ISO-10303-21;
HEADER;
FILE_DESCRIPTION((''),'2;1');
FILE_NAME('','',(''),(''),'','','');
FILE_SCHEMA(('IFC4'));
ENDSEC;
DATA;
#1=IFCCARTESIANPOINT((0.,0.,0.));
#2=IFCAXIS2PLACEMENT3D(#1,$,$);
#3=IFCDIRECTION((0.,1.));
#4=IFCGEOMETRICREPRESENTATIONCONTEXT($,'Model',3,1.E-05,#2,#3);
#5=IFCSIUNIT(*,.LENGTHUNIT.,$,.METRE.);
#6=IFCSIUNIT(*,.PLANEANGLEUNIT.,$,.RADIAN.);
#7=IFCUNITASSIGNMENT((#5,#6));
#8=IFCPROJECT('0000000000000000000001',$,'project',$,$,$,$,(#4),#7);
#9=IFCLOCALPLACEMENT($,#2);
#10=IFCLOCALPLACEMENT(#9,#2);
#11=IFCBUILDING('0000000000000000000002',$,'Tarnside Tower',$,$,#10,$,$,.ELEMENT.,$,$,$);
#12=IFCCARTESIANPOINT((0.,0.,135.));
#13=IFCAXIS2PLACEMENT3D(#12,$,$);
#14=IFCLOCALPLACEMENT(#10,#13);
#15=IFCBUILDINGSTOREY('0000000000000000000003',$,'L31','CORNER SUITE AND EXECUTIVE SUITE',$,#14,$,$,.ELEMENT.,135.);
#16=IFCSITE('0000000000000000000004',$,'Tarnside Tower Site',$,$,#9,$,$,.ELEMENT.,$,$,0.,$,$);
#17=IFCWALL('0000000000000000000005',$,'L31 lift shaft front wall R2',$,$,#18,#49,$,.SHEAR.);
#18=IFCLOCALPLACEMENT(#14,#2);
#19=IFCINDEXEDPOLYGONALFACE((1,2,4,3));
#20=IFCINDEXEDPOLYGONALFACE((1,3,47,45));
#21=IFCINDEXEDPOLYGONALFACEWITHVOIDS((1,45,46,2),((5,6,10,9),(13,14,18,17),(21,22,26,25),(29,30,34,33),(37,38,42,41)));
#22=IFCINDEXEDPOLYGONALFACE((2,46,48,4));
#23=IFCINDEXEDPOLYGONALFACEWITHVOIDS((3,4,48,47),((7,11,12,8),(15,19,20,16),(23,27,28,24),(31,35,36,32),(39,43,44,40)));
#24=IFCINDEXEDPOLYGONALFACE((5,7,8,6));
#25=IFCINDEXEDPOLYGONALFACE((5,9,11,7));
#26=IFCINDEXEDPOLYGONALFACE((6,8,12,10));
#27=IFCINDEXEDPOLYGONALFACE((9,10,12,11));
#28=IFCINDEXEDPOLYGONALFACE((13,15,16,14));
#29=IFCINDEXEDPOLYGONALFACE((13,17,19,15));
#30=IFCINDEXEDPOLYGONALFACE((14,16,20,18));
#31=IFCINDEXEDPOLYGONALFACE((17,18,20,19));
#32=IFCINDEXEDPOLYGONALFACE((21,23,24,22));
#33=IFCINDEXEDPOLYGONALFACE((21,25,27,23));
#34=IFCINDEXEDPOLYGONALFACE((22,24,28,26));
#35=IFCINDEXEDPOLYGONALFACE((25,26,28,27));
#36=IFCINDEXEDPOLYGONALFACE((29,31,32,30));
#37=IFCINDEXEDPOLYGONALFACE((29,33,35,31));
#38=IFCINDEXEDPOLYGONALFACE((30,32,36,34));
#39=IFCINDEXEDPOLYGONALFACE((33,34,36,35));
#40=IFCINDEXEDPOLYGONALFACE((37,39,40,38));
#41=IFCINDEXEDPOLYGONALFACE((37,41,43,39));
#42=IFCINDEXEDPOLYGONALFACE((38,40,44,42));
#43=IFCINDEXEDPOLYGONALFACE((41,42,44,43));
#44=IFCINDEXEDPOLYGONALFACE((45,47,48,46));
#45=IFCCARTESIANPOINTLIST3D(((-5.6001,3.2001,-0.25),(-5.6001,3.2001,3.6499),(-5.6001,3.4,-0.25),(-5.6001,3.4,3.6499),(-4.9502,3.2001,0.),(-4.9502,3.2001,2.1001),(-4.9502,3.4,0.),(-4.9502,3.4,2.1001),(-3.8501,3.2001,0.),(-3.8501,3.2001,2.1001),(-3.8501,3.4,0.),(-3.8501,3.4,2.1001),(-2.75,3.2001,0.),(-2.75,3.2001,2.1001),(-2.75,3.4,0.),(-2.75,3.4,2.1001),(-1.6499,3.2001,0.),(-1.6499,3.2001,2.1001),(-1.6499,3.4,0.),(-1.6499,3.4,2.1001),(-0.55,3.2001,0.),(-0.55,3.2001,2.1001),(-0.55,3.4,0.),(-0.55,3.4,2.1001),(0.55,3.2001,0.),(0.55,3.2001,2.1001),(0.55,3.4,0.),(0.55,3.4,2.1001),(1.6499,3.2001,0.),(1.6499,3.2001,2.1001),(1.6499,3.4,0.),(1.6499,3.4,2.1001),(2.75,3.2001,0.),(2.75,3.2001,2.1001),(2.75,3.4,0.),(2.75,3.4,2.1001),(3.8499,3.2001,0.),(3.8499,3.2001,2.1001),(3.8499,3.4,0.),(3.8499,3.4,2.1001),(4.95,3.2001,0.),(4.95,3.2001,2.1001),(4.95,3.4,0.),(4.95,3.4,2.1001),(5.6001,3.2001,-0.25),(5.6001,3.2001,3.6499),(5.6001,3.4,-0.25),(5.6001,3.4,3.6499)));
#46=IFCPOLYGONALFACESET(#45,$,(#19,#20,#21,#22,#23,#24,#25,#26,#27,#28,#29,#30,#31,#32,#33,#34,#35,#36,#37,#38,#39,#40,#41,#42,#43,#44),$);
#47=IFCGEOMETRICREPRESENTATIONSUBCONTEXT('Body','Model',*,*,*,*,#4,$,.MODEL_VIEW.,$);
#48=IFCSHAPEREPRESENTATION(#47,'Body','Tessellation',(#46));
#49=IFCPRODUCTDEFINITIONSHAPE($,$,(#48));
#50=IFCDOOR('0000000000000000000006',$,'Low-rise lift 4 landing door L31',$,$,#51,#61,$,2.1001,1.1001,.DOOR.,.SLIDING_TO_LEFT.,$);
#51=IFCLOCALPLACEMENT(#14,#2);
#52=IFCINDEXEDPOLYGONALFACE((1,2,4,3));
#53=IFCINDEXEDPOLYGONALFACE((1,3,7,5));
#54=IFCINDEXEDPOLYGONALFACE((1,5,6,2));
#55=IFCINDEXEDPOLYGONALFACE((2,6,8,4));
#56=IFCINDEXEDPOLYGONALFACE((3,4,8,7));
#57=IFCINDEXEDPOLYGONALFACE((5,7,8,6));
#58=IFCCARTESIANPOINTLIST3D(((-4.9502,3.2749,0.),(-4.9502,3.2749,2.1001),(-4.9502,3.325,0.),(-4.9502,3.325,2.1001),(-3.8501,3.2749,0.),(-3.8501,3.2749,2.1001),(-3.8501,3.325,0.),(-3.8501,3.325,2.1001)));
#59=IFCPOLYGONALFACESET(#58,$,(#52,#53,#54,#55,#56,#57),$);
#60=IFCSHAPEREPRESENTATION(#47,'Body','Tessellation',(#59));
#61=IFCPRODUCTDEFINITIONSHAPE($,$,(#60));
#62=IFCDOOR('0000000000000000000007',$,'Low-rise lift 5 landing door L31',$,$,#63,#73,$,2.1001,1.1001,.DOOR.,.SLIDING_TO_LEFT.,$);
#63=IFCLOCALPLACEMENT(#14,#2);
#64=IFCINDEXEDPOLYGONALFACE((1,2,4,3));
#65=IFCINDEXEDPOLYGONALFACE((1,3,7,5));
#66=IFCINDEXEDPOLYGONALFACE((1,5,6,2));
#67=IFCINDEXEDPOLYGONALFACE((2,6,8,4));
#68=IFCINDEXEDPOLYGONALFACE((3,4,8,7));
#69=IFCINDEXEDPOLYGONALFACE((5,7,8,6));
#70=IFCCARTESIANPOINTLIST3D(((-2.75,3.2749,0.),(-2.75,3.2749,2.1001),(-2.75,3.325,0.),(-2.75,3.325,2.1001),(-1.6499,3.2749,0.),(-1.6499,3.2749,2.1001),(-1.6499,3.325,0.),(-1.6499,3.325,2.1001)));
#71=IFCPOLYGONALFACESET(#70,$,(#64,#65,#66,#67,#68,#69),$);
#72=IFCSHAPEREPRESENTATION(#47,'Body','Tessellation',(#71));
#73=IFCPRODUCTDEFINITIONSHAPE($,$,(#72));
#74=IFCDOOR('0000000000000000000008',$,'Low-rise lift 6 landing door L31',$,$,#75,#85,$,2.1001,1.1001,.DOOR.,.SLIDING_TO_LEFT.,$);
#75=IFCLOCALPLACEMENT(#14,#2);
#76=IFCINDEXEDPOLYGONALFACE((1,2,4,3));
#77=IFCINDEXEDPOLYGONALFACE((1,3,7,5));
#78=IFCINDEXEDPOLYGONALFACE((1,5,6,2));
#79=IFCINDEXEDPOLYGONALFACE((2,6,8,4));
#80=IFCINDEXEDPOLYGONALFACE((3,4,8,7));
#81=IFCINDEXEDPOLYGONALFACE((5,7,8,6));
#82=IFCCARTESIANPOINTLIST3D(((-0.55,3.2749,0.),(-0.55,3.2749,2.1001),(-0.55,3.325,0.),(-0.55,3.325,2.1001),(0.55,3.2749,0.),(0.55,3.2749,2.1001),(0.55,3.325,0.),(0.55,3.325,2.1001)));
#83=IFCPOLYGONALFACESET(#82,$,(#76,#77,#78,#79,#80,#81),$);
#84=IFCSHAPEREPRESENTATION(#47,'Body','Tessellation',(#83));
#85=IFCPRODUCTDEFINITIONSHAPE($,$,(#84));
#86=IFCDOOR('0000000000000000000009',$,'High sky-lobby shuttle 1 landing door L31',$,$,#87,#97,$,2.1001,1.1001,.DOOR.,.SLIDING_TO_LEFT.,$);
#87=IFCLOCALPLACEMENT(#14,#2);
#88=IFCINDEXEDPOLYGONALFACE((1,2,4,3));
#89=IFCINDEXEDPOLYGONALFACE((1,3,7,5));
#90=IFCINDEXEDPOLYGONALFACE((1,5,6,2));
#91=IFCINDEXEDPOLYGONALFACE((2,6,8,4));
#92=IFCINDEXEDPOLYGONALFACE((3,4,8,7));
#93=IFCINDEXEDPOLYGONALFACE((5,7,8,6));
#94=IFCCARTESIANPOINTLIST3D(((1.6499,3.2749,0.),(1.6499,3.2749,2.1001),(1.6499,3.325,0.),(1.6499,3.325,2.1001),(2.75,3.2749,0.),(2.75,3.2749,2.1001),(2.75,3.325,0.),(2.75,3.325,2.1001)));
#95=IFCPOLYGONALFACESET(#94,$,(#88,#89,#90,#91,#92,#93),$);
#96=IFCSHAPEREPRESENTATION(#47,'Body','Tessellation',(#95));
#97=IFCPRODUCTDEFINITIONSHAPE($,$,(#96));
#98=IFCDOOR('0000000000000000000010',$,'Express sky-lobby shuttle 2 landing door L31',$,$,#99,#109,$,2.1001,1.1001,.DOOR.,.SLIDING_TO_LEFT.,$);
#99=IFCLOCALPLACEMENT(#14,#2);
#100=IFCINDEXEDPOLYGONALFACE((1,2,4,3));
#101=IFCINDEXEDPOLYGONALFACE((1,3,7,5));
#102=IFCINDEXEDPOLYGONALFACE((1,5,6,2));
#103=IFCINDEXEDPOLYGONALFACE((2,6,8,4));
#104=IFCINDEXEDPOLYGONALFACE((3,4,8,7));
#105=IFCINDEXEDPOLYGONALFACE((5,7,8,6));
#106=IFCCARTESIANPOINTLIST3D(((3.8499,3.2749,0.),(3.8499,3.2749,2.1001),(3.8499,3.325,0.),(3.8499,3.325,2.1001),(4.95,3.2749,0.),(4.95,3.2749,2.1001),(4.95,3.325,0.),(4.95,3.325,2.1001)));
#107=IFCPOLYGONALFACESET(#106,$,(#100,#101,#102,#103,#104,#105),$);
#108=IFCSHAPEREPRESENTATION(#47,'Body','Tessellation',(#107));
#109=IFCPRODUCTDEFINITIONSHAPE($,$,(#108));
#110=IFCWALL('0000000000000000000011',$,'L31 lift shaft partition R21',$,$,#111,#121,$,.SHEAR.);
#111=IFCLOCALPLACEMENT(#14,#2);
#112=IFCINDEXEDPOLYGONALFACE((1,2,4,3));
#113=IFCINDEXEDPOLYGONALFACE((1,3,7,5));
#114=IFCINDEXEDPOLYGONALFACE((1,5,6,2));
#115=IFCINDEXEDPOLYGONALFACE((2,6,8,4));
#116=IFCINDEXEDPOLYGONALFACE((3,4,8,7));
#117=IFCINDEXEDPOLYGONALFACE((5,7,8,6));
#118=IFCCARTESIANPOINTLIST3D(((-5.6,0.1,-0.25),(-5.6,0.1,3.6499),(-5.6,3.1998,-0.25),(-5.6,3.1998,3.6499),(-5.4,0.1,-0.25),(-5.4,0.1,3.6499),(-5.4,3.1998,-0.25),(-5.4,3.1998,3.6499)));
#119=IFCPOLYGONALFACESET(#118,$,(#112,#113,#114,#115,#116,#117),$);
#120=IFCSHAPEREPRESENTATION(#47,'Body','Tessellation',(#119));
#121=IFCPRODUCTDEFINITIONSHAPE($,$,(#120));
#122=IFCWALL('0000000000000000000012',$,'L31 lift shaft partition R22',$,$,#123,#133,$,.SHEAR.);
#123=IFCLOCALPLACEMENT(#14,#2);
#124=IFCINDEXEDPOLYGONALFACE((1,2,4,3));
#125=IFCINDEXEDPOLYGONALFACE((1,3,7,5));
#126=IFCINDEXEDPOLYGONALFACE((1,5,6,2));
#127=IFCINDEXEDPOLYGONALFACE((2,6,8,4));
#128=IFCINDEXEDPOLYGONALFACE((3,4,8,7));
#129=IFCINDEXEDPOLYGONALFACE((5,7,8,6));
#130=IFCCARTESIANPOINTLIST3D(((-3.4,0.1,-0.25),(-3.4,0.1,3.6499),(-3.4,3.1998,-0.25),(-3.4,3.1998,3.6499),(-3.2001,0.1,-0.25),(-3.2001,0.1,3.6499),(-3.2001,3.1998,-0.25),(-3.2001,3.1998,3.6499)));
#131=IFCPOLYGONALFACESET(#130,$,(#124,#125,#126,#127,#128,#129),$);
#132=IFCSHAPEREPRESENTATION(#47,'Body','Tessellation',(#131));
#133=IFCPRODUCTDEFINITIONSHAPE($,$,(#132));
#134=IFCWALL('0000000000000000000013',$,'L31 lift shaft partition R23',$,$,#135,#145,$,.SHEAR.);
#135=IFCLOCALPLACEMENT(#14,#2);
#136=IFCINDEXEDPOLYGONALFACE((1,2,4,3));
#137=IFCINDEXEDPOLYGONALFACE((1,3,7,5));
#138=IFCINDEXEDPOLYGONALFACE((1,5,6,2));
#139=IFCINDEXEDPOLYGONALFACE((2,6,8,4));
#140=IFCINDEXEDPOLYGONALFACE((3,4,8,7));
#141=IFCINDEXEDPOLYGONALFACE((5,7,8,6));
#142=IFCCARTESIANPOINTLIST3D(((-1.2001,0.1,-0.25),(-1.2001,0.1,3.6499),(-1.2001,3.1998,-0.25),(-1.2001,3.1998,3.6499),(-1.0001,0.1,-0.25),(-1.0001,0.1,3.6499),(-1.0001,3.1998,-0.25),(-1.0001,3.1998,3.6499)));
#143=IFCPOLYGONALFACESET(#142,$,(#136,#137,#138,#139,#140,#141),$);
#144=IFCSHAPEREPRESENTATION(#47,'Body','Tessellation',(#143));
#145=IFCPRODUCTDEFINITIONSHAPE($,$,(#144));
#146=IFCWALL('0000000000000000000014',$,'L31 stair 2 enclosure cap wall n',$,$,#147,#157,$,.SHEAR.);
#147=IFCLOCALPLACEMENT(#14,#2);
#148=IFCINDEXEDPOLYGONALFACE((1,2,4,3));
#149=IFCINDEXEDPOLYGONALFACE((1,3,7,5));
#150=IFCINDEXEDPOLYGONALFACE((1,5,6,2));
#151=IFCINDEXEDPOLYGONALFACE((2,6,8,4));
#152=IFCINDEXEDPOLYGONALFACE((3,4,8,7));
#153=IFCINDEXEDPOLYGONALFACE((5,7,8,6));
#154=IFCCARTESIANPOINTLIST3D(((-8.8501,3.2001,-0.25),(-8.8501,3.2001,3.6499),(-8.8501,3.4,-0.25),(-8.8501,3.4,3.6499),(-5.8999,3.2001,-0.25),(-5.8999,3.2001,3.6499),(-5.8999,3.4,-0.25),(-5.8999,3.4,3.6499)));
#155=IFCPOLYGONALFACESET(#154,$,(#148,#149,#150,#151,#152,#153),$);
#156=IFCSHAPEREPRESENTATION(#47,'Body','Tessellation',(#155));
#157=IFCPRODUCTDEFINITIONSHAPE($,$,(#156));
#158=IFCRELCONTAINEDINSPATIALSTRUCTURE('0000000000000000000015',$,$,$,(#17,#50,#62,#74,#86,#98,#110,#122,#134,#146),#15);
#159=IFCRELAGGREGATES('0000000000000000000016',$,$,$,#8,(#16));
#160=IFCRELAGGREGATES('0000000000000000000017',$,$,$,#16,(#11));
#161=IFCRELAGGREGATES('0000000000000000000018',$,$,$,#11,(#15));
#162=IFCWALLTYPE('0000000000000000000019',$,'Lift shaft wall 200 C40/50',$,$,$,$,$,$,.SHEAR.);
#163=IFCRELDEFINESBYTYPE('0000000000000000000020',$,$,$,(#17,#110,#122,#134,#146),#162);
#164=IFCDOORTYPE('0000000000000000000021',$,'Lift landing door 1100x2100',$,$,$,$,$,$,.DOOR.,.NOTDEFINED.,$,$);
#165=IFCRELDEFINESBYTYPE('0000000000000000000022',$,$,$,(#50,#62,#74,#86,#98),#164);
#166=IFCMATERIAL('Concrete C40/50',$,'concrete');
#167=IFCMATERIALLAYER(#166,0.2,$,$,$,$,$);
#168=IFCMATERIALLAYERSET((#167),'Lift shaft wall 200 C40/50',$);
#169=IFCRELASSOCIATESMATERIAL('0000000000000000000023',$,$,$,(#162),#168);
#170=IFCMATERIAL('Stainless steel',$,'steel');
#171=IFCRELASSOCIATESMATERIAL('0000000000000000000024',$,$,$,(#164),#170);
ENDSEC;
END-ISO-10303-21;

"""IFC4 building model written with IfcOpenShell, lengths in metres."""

from ifc_helpers import new_model, si_unit, direction, frame, frame_2d, origin, place, context, subcontext, project, spatial, rectangle, extrude, material, layer, layer_set, type_object, element, fill, save


model = new_model("IFC4")

# Units and contexts
model_context = context("Model", 3, precision=1e-05, world=origin(), true_north=direction((0.0, 1.0)))
body_context = subcontext(model_context, "Body", "Model", "MODEL_VIEW")
ifc_project = project(units=[si_unit("LENGTHUNIT", "METRE"), si_unit("PLANEANGLEUNIT", "RADIAN")], contexts=[model_context])

# Site, building, storey
site_placement = place(None, origin())
site = spatial("IfcSite", under=ifc_project, at=site_placement, Name="Tarnside Tower Site", CompositionType="ELEMENT", RefElevation=0.0)
building_placement = place(site_placement, origin())
building = spatial("IfcBuilding", under=site, at=building_placement, Name="Tarnside Tower", CompositionType="ELEMENT")
storey_placement = place(building_placement, frame((0.0, 0.0, 135.0)))
storey = spatial("IfcBuildingStorey", under=building, at=storey_placement, Name="L31", Description="CORNER SUITE AND EXECUTIVE SUITE", CompositionType="ELEMENT", Elevation=135.0)

# Shared definitions
ifc_material_1 = material(Name="Concrete C40/50", Category="concrete")

# Shared definitions
ifc_layer_1 = layer(ifc_material_1, 0.2)
ifc_layer_set_1 = layer_set([ifc_layer_1], Name="Lift shaft wall 200 C40/50")
wall_type_1 = type_object("IfcWallType", Name="Lift shaft wall 200 C40/50", PredefinedType="SHEAR", material=ifc_layer_set_1)
ifc_material_2 = material(Name="Stainless steel", Category="steel")
door_type_1 = type_object("IfcDoorType", Name="Lift landing door 1100x2100", OperationType="NOTDEFINED", PredefinedType="DOOR", material=ifc_material_2)

# Wall, openings, doors
wall_1_placement = place(storey_placement, frame((-5.6001, 3.3, -0.25), z_axis=(0.0, 0.0, 1.0), x_axis=(1.0, 0.0, 0.0)))
wall_1 = element("IfcWall", 1, at=wall_1_placement, inside=storey, type_object=wall_type_1, Name="L31 lift shaft front wall R2", PredefinedType="SHEAR", context=body_context, shape_type="SweptSolid", body=[
    extrude(rectangle(XDim=11.2002, YDim=0.2, at=frame_2d((5.6001, 0.0))), origin(), (0.0, 0.0, 1.0), 3.8999),
])
opening_1_placement = place(wall_1_placement, frame((0.6499, 0.0, 0.25)))
opening_1 = element("IfcOpeningElement", 2, at=opening_1_placement, cuts=wall_1, PredefinedType="OPENING", context=body_context, shape_type="SweptSolid", body=[
    extrude(rectangle(XDim=1.1001, YDim=2.1001, at=frame_2d((0.55, 1.05))), frame((0.0, 0.1099, 0.0), z_axis=(0.0, -1.0, 0.0), x_axis=(1.0, 0.0, 0.0)), (0.0, 0.0, 1.0), 0.22),
])
opening_2_placement = place(wall_1_placement, frame((2.8501, 0.0, 0.25)))
opening_2 = element("IfcOpeningElement", 3, at=opening_2_placement, cuts=wall_1, PredefinedType="OPENING", context=body_context, shape_type="SweptSolid", body=[
    extrude(rectangle(XDim=1.1001, YDim=2.1001, at=frame_2d((0.55, 1.05))), frame((0.0, 0.1099, 0.0), z_axis=(0.0, -1.0, 0.0), x_axis=(1.0, 0.0, 0.0)), (0.0, 0.0, 1.0), 0.22),
])
opening_3_placement = place(wall_1_placement, frame((5.05, 0.0, 0.25)))
opening_3 = element("IfcOpeningElement", 4, at=opening_3_placement, cuts=wall_1, PredefinedType="OPENING", context=body_context, shape_type="SweptSolid", body=[
    extrude(rectangle(XDim=1.1001, YDim=2.1001, at=frame_2d((0.55, 1.05))), frame((0.0, 0.1099, 0.0), z_axis=(0.0, -1.0, 0.0), x_axis=(1.0, 0.0, 0.0)), (0.0, 0.0, 1.0), 0.22),
])
opening_4_placement = place(wall_1_placement, frame((7.25, 0.0, 0.25)))
opening_4 = element("IfcOpeningElement", 5, at=opening_4_placement, cuts=wall_1, PredefinedType="OPENING", context=body_context, shape_type="SweptSolid", body=[
    extrude(rectangle(XDim=1.1001, YDim=2.1001, at=frame_2d((0.55, 1.05))), frame((0.0, 0.1099, 0.0), z_axis=(0.0, -1.0, 0.0), x_axis=(1.0, 0.0, 0.0)), (0.0, 0.0, 1.0), 0.22),
])
opening_5_placement = place(wall_1_placement, frame((9.45, 0.0, 0.25)))
opening_5 = element("IfcOpeningElement", 6, at=opening_5_placement, cuts=wall_1, PredefinedType="OPENING", context=body_context, shape_type="SweptSolid", body=[
    extrude(rectangle(XDim=1.1001, YDim=2.1001, at=frame_2d((0.55, 1.05))), frame((0.0, 0.1099, 0.0), z_axis=(0.0, -1.0, 0.0), x_axis=(1.0, 0.0, 0.0)), (0.0, 0.0, 1.0), 0.22),
])
door_1_placement = place(opening_1_placement, origin())
door_1 = element("IfcDoor", 7, at=door_1_placement, inside=storey, type_object=door_type_1, Name="Low-rise lift 4 landing door L31", OperationType="SLIDING_TO_LEFT", OverallHeight=2.1001, OverallWidth=1.1001, PredefinedType="DOOR", context=body_context, shape_type="SweptSolid", body=[
    extrude(rectangle(XDim=1.1001, YDim=2.1001, at=frame_2d((0.55, 1.05))), frame((0.0, 0.0249, 0.0), z_axis=(0.0, -1.0, 0.0), x_axis=(1.0, 0.0, 0.0)), (0.0, 0.0, 1.0), 0.05),
])
fill(opening_1, door_1)
door_2_placement = place(opening_2_placement, origin())
door_2 = element("IfcDoor", 8, at=door_2_placement, inside=storey, type_object=door_type_1, Name="Low-rise lift 5 landing door L31", OperationType="SLIDING_TO_LEFT", OverallHeight=2.1001, OverallWidth=1.1001, PredefinedType="DOOR", context=body_context, shape_type="SweptSolid", body=[
    extrude(rectangle(XDim=1.1001, YDim=2.1001, at=frame_2d((0.55, 1.05))), frame((0.0, 0.0249, 0.0), z_axis=(0.0, -1.0, 0.0), x_axis=(1.0, 0.0, 0.0)), (0.0, 0.0, 1.0), 0.05),
])
fill(opening_2, door_2)
door_3_placement = place(opening_3_placement, origin())
door_3 = element("IfcDoor", 9, at=door_3_placement, inside=storey, type_object=door_type_1, Name="Low-rise lift 6 landing door L31", OperationType="SLIDING_TO_LEFT", OverallHeight=2.1001, OverallWidth=1.1001, PredefinedType="DOOR", context=body_context, shape_type="SweptSolid", body=[
    extrude(rectangle(XDim=1.1001, YDim=2.1001, at=frame_2d((0.55, 1.05))), frame((0.0, 0.0249, 0.0), z_axis=(0.0, -1.0, 0.0), x_axis=(1.0, 0.0, 0.0)), (0.0, 0.0, 1.0), 0.05),
])
fill(opening_3, door_3)
door_4_placement = place(opening_4_placement, origin())
door_4 = element("IfcDoor", 10, at=door_4_placement, inside=storey, type_object=door_type_1, Name="High sky-lobby shuttle 1 landing door L31", OperationType="SLIDING_TO_LEFT", OverallHeight=2.1001, OverallWidth=1.1001, PredefinedType="DOOR", context=body_context, shape_type="SweptSolid", body=[
    extrude(rectangle(XDim=1.1001, YDim=2.1001, at=frame_2d((0.55, 1.05))), frame((0.0, 0.0249, 0.0), z_axis=(0.0, -1.0, 0.0), x_axis=(1.0, 0.0, 0.0)), (0.0, 0.0, 1.0), 0.05),
])
fill(opening_4, door_4)
door_5_placement = place(opening_5_placement, origin())
door_5 = element("IfcDoor", 11, at=door_5_placement, inside=storey, type_object=door_type_1, Name="Express sky-lobby shuttle 2 landing door L31", OperationType="SLIDING_TO_LEFT", OverallHeight=2.1001, OverallWidth=1.1001, PredefinedType="DOOR", context=body_context, shape_type="SweptSolid", body=[
    extrude(rectangle(XDim=1.1001, YDim=2.1001, at=frame_2d((0.55, 1.05))), frame((0.0, 0.0249, 0.0), z_axis=(0.0, -1.0, 0.0), x_axis=(1.0, 0.0, 0.0)), (0.0, 0.0, 1.0), 0.05),
])
fill(opening_5, door_5)

# Walls
for number, where, z_axis, x_axis, name in (
    (12, (-5.5, 0.1001, -0.25), (0.0, 0.0, 1.0), (0.0, 1.0, 0.0), "L31 lift shaft partition R21"),
    (13, (-3.3, 0.1001, -0.25), (0.0, 0.0, 1.0), (0.0, 1.0, 0.0), "L31 lift shaft partition R22"),
    (14, (-1.1001, 0.1001, -0.25), (0.0, 0.0, 1.0), (0.0, 1.0, 0.0), "L31 lift shaft partition R23"),
):
    element("IfcWall", number, at=place(storey_placement, frame(where, z_axis=z_axis, x_axis=x_axis)), inside=storey, type_object=wall_type_1, Name=name, PredefinedType="SHEAR", context=body_context, shape_type="SweptSolid", body=[
        extrude(rectangle(XDim=3.0999, YDim=0.2, at=frame_2d((1.5498, 0.0))), origin(), (0.0, 0.0, 1.0), 3.8999),
    ])
wall_2_placement = place(storey_placement, frame((-8.8501, 3.3, -0.25), z_axis=(0.0, 0.0, 1.0), x_axis=(1.0, 0.0, 0.0)))
element("IfcWall", 15, at=wall_2_placement, inside=storey, type_object=wall_type_1, Name="L31 stair 2 enclosure cap wall n", PredefinedType="SHEAR", context=body_context, shape_type="SweptSolid", body=[
    extrude(rectangle(XDim=2.9502, YDim=0.2, at=frame_2d((1.4751, 0.0))), origin(), (0.0, 0.0, 1.0), 3.8999),
])

save(model, "model.ifc")
